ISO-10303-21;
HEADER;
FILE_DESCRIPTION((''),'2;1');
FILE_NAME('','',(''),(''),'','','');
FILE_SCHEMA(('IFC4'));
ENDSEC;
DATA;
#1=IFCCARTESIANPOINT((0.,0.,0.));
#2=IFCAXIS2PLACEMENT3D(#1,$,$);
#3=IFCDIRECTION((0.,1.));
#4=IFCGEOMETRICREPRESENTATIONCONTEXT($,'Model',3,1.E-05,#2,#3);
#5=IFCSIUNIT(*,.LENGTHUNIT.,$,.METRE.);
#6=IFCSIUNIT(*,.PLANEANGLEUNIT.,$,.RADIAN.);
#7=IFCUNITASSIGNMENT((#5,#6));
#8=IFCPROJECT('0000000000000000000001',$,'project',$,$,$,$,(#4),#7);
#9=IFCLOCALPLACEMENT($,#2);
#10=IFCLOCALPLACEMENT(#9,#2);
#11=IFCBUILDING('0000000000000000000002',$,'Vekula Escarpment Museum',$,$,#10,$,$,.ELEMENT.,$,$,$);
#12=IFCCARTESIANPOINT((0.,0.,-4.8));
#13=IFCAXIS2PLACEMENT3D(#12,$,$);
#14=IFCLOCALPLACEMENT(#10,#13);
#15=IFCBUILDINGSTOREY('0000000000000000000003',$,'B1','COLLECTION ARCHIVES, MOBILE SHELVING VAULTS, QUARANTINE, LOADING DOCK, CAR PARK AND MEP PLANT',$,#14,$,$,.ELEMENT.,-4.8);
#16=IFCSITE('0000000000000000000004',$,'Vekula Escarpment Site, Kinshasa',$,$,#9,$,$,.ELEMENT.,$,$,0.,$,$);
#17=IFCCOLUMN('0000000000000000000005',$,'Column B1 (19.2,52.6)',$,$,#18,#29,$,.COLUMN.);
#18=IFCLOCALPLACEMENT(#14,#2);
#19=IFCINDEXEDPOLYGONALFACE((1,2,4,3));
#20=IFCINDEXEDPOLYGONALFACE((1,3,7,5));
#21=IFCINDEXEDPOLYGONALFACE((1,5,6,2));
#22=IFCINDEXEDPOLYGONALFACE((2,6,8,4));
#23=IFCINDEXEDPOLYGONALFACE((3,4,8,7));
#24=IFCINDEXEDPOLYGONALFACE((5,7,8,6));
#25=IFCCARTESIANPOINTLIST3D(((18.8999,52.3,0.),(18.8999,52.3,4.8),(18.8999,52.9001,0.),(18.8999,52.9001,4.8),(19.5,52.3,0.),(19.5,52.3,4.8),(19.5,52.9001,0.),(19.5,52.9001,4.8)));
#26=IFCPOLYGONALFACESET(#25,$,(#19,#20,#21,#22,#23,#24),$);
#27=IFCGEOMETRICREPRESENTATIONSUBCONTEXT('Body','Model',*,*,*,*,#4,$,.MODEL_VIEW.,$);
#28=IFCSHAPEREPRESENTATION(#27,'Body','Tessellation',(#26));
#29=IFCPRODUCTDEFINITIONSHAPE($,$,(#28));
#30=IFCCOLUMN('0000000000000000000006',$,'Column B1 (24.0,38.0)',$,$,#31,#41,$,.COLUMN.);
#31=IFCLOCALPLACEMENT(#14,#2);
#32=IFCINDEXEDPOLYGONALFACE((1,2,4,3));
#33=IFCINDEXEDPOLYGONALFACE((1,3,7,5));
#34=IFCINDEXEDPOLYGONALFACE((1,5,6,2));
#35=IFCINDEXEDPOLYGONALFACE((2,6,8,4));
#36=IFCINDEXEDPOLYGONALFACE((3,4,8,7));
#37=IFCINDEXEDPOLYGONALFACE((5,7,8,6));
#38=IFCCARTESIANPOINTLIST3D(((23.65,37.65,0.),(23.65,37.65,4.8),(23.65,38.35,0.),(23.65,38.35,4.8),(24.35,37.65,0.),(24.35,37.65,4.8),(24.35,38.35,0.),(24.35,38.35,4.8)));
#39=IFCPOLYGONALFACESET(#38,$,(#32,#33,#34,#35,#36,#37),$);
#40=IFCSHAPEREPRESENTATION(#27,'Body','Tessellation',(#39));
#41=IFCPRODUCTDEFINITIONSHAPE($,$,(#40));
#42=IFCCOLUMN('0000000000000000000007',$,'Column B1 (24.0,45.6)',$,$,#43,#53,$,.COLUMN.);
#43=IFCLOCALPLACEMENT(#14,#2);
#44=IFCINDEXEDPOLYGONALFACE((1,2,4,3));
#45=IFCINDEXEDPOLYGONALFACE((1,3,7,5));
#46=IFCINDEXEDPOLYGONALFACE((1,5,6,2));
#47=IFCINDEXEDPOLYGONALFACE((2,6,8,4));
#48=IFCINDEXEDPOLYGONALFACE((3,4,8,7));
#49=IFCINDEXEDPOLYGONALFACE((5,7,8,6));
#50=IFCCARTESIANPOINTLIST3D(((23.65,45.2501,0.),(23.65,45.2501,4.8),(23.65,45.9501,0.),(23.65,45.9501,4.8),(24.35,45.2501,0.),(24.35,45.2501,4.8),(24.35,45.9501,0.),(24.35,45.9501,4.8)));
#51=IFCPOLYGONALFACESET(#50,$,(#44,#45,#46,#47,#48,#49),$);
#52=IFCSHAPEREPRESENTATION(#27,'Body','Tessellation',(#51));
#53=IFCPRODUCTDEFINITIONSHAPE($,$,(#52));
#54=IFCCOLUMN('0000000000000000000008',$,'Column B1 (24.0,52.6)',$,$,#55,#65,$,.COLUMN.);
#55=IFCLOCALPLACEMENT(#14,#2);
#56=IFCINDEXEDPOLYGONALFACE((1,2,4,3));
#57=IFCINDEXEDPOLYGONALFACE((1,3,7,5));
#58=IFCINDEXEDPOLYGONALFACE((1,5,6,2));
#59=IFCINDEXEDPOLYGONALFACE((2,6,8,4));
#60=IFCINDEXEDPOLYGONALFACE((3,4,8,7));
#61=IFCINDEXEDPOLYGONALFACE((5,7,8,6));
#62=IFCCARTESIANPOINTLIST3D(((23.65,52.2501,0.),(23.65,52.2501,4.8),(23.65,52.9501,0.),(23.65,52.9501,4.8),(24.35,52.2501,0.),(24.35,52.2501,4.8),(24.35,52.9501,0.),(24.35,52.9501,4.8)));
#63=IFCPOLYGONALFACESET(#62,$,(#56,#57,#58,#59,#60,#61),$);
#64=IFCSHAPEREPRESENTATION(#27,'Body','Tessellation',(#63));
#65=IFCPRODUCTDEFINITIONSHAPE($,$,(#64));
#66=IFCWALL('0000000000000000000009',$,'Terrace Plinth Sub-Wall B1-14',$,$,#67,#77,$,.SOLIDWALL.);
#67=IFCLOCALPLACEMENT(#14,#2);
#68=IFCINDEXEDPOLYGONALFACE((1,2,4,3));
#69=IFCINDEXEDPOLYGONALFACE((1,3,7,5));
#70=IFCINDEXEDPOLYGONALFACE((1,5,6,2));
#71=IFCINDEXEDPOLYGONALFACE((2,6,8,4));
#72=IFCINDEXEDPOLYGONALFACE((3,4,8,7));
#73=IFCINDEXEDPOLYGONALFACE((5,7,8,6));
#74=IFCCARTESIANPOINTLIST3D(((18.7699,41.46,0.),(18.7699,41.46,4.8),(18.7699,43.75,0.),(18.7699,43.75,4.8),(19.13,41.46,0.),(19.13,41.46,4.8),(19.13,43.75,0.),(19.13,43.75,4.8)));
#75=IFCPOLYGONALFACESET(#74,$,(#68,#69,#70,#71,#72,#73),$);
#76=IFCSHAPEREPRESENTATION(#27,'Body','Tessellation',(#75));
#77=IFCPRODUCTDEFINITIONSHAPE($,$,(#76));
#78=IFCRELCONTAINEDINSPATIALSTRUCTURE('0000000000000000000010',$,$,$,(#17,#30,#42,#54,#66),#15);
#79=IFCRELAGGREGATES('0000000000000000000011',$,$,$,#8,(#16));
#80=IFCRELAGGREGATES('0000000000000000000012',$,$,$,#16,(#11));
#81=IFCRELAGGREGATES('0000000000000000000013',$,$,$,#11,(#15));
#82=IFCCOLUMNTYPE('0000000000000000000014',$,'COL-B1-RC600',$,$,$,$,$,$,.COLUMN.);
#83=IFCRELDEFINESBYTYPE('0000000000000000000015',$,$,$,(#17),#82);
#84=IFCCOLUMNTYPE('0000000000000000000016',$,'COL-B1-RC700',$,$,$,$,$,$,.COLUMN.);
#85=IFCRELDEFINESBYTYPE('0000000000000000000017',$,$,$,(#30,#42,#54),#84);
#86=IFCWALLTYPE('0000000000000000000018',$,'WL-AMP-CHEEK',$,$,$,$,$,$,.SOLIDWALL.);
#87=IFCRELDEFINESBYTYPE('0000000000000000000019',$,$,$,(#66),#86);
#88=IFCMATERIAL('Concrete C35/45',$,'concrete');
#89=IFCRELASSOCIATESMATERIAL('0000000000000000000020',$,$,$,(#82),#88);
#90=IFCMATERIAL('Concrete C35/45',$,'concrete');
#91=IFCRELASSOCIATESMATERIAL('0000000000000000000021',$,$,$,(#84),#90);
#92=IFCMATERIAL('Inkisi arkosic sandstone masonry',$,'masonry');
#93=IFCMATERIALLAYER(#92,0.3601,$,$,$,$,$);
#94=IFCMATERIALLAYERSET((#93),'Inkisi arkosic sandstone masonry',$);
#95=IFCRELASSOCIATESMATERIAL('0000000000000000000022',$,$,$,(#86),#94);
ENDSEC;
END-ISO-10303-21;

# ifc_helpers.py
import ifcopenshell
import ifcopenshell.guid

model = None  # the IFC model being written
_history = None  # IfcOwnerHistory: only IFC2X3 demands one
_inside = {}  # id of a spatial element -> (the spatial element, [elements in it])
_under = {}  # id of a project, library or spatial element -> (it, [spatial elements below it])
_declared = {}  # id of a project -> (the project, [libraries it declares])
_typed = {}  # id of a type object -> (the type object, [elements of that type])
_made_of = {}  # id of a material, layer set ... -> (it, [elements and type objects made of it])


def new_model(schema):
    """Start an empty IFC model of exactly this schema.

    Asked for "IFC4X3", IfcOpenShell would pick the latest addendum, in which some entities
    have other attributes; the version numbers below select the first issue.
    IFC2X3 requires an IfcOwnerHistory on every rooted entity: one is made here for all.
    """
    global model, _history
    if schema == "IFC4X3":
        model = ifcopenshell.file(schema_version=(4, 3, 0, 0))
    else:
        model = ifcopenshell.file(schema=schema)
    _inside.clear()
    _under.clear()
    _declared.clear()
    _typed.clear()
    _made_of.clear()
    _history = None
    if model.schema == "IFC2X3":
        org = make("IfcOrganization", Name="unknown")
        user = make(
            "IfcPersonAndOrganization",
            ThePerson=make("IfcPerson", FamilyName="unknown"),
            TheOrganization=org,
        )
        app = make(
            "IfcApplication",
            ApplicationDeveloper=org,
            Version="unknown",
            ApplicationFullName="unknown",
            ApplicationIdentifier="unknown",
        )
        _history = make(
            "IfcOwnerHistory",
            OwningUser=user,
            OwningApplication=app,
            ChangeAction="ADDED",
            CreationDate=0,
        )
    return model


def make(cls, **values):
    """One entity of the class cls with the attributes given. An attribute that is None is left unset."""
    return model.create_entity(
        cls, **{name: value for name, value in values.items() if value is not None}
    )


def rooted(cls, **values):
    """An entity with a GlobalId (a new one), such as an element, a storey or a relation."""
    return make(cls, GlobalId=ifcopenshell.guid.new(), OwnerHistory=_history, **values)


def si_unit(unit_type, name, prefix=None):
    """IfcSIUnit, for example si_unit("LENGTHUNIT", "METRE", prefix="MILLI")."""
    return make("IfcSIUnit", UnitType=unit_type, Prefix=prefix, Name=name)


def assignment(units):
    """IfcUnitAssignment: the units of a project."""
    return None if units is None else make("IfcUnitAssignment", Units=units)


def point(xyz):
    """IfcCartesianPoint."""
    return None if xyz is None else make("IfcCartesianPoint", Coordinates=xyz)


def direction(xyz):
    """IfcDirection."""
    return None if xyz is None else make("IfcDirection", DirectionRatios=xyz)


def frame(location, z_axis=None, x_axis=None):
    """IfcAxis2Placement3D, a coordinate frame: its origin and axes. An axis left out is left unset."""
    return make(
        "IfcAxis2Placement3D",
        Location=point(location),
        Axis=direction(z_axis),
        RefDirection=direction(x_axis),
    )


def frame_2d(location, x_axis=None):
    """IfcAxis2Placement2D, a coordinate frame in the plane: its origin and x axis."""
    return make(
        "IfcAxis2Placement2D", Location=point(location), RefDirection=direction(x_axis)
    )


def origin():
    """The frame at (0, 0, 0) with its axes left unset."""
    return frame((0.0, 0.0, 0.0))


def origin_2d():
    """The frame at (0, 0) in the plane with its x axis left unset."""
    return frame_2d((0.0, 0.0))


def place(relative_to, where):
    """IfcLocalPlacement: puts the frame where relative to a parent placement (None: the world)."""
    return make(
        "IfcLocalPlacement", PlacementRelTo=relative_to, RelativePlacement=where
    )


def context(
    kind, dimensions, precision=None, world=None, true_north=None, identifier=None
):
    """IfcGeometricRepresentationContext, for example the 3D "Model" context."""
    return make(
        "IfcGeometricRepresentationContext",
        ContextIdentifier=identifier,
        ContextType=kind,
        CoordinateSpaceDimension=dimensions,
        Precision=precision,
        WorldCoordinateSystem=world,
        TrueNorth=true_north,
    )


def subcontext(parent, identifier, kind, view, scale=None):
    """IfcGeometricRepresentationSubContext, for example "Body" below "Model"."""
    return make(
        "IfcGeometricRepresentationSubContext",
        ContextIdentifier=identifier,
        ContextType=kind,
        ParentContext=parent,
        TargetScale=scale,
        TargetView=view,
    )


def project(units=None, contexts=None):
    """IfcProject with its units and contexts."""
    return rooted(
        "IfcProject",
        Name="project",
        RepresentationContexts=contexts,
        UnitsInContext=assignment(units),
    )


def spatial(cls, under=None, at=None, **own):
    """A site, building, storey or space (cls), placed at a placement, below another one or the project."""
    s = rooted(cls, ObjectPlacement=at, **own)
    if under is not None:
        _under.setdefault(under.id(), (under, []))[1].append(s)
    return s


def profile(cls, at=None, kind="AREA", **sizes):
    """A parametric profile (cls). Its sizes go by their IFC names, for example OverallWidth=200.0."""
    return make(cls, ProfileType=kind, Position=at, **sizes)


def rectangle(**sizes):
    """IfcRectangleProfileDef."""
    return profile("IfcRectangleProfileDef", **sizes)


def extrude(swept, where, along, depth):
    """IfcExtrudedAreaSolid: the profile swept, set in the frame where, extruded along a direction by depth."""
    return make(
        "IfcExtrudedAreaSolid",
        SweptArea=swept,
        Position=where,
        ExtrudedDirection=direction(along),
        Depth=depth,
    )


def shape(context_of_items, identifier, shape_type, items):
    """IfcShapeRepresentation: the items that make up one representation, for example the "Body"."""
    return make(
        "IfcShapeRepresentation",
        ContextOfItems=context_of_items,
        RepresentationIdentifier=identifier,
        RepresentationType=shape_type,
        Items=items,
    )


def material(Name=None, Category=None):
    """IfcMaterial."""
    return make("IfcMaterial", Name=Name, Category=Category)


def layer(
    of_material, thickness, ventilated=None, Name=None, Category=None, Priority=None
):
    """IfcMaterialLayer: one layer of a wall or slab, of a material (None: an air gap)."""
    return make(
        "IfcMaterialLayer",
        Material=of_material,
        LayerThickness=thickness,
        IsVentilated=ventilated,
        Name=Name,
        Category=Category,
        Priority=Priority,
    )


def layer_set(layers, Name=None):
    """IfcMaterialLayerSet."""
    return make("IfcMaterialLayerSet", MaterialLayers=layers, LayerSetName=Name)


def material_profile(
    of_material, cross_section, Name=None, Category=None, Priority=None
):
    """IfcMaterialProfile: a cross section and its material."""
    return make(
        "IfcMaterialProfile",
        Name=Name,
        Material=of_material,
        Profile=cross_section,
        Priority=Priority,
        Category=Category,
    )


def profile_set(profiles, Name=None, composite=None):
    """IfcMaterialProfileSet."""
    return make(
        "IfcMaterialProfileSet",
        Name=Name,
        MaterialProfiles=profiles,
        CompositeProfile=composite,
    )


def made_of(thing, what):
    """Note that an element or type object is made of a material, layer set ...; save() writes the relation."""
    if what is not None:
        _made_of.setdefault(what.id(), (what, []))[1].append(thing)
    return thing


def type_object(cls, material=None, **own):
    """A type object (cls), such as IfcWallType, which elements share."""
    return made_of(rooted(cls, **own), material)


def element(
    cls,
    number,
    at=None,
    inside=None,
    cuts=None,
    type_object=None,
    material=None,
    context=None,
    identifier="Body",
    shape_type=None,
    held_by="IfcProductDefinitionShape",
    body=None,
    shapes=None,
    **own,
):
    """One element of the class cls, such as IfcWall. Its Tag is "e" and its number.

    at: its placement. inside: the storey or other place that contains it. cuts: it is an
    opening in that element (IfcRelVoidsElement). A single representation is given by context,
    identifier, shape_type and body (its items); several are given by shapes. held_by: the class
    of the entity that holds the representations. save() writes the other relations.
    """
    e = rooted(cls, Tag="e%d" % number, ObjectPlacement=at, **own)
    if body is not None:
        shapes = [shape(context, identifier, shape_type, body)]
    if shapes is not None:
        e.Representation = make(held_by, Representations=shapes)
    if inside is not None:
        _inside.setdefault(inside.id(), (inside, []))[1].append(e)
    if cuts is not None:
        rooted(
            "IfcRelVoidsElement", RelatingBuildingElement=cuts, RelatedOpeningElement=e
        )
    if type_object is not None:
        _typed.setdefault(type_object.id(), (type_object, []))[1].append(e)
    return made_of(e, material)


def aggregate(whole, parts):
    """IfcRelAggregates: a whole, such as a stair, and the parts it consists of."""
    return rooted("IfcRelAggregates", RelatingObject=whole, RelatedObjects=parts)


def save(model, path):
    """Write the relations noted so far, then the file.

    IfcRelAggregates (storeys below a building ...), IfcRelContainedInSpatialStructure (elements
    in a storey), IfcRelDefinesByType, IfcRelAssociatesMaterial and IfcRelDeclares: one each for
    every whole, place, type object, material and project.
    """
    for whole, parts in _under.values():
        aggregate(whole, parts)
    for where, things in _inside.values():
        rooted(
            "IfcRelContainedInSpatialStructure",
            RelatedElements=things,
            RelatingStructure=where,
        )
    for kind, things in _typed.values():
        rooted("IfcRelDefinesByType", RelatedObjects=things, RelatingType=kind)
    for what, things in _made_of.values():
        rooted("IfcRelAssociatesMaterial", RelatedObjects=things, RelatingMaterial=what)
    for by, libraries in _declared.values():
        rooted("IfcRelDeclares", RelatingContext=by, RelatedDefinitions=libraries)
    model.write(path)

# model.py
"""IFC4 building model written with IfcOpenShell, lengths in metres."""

from ifc_helpers import new_model, si_unit, direction, frame, frame_2d, origin, origin_2d, place, context, subcontext, project, spatial, rectangle, extrude, material, layer, layer_set, material_profile, profile_set, type_object, element, save


model = new_model("IFC4")

# Units and contexts
model_context = context("Model", 3, precision=1e-05, world=origin(), true_north=direction((0.0, 1.0)))
body_context = subcontext(model_context, "Body", "Model", "MODEL_VIEW")
ifc_project = project(units=[si_unit("LENGTHUNIT", "METRE"), si_unit("PLANEANGLEUNIT", "RADIAN")], contexts=[model_context])

# Site, building, storey
site_placement = place(None, origin())
site = spatial("IfcSite", under=ifc_project, at=site_placement, Name="Vekula Escarpment Site, Kinshasa", CompositionType="ELEMENT", RefElevation=0.0)
building_placement = place(site_placement, origin())
building = spatial("IfcBuilding", under=site, at=building_placement, Name="Vekula Escarpment Museum", CompositionType="ELEMENT")
storey_placement = place(building_placement, frame((0.0, 0.0, -4.8)))
storey = spatial("IfcBuildingStorey", under=building, at=storey_placement, Name="B1", Description="COLLECTION ARCHIVES, MOBILE SHELVING VAULTS, QUARANTINE, LOADING DOCK, CAR PARK AND MEP PLANT", CompositionType="ELEMENT", Elevation=-4.8)

# Columns
ifc_material_1 = material(Name="Concrete C35/45", Category="concrete")
ifc_material_profile_1 = material_profile(ifc_material_1, rectangle(XDim=0.6001, YDim=0.6001, at=origin_2d()), Name="RC 600x600")
ifc_profile_set_1 = profile_set([ifc_material_profile_1], Name="Concrete C35/45")
column_type_1 = type_object("IfcColumnType", Name="COL-B1-RC600", PredefinedType="COLUMN", material=ifc_profile_set_1)
for number, where, z_axis, x_axis, name in (
    (1, (19.2, 52.6001, 0.0), (0.0, 0.0, 1.0), (1.0, 0.0, 0.0), "Column B1 (19.2,52.6)"),
):
    element("IfcColumn", number, at=place(storey_placement, frame(where, z_axis=z_axis, x_axis=x_axis)), inside=storey, type_object=column_type_1, Name=name, PredefinedType="COLUMN", context=body_context, shape_type="SweptSolid", body=[
        extrude(rectangle(XDim=0.6001, YDim=0.6001, at=origin_2d()), origin(), (0.0, 0.0, 1.0), 4.8),
    ])
ifc_material_2 = material(Name="Concrete C35/45", Category="concrete")
ifc_material_profile_2 = material_profile(ifc_material_2, rectangle(XDim=0.7, YDim=0.7, at=origin_2d()), Name="RC 700x700")
ifc_profile_set_2 = profile_set([ifc_material_profile_2], Name="Concrete C35/45")
column_type_2 = type_object("IfcColumnType", Name="COL-B1-RC700", PredefinedType="COLUMN", material=ifc_profile_set_2)
for number, where, z_axis, x_axis, name in (
    (2, (24.0, 38.0, 0.0), (0.0, 0.0, 1.0), (1.0, 0.0, 0.0), "Column B1 (24.0,38.0)"),
    (3, (24.0, 45.6001, 0.0), (0.0, 0.0, 1.0), (1.0, 0.0, 0.0), "Column B1 (24.0,45.6)"),
    (4, (24.0, 52.6001, 0.0), (0.0, 0.0, 1.0), (1.0, 0.0, 0.0), "Column B1 (24.0,52.6)"),
):
    element("IfcColumn", number, at=place(storey_placement, frame(where, z_axis=z_axis, x_axis=x_axis)), inside=storey, type_object=column_type_2, Name=name, PredefinedType="COLUMN", context=body_context, shape_type="SweptSolid", body=[
        extrude(rectangle(XDim=0.7, YDim=0.7, at=origin_2d()), origin(), (0.0, 0.0, 1.0), 4.8),
    ])

# Wall
ifc_material_3 = material(Name="Inkisi arkosic sandstone masonry", Category="masonry")
ifc_layer = layer(ifc_material_3, 0.3601)
ifc_layer_set = layer_set([ifc_layer], Name="Inkisi arkosic sandstone masonry")
wall_type = type_object("IfcWallType", Name="WL-AMP-CHEEK", PredefinedType="SOLIDWALL", material=ifc_layer_set)
wall_placement = place(storey_placement, frame((18.95, 41.46, 0.0), z_axis=(0.0, 0.0, 1.0), x_axis=(0.0, 1.0, 0.0)))
element("IfcWall", 5, at=wall_placement, inside=storey, type_object=wall_type, Name="Terrace Plinth Sub-Wall B1-14", PredefinedType="SOLIDWALL", context=body_context, shape_type="SweptSolid", body=[
    extrude(rectangle(XDim=2.29, YDim=0.3601, at=frame_2d((1.145, 0.0))), origin(), (0.0, 0.0, 1.0), 4.8),
])

save(model, "model.ifc")
